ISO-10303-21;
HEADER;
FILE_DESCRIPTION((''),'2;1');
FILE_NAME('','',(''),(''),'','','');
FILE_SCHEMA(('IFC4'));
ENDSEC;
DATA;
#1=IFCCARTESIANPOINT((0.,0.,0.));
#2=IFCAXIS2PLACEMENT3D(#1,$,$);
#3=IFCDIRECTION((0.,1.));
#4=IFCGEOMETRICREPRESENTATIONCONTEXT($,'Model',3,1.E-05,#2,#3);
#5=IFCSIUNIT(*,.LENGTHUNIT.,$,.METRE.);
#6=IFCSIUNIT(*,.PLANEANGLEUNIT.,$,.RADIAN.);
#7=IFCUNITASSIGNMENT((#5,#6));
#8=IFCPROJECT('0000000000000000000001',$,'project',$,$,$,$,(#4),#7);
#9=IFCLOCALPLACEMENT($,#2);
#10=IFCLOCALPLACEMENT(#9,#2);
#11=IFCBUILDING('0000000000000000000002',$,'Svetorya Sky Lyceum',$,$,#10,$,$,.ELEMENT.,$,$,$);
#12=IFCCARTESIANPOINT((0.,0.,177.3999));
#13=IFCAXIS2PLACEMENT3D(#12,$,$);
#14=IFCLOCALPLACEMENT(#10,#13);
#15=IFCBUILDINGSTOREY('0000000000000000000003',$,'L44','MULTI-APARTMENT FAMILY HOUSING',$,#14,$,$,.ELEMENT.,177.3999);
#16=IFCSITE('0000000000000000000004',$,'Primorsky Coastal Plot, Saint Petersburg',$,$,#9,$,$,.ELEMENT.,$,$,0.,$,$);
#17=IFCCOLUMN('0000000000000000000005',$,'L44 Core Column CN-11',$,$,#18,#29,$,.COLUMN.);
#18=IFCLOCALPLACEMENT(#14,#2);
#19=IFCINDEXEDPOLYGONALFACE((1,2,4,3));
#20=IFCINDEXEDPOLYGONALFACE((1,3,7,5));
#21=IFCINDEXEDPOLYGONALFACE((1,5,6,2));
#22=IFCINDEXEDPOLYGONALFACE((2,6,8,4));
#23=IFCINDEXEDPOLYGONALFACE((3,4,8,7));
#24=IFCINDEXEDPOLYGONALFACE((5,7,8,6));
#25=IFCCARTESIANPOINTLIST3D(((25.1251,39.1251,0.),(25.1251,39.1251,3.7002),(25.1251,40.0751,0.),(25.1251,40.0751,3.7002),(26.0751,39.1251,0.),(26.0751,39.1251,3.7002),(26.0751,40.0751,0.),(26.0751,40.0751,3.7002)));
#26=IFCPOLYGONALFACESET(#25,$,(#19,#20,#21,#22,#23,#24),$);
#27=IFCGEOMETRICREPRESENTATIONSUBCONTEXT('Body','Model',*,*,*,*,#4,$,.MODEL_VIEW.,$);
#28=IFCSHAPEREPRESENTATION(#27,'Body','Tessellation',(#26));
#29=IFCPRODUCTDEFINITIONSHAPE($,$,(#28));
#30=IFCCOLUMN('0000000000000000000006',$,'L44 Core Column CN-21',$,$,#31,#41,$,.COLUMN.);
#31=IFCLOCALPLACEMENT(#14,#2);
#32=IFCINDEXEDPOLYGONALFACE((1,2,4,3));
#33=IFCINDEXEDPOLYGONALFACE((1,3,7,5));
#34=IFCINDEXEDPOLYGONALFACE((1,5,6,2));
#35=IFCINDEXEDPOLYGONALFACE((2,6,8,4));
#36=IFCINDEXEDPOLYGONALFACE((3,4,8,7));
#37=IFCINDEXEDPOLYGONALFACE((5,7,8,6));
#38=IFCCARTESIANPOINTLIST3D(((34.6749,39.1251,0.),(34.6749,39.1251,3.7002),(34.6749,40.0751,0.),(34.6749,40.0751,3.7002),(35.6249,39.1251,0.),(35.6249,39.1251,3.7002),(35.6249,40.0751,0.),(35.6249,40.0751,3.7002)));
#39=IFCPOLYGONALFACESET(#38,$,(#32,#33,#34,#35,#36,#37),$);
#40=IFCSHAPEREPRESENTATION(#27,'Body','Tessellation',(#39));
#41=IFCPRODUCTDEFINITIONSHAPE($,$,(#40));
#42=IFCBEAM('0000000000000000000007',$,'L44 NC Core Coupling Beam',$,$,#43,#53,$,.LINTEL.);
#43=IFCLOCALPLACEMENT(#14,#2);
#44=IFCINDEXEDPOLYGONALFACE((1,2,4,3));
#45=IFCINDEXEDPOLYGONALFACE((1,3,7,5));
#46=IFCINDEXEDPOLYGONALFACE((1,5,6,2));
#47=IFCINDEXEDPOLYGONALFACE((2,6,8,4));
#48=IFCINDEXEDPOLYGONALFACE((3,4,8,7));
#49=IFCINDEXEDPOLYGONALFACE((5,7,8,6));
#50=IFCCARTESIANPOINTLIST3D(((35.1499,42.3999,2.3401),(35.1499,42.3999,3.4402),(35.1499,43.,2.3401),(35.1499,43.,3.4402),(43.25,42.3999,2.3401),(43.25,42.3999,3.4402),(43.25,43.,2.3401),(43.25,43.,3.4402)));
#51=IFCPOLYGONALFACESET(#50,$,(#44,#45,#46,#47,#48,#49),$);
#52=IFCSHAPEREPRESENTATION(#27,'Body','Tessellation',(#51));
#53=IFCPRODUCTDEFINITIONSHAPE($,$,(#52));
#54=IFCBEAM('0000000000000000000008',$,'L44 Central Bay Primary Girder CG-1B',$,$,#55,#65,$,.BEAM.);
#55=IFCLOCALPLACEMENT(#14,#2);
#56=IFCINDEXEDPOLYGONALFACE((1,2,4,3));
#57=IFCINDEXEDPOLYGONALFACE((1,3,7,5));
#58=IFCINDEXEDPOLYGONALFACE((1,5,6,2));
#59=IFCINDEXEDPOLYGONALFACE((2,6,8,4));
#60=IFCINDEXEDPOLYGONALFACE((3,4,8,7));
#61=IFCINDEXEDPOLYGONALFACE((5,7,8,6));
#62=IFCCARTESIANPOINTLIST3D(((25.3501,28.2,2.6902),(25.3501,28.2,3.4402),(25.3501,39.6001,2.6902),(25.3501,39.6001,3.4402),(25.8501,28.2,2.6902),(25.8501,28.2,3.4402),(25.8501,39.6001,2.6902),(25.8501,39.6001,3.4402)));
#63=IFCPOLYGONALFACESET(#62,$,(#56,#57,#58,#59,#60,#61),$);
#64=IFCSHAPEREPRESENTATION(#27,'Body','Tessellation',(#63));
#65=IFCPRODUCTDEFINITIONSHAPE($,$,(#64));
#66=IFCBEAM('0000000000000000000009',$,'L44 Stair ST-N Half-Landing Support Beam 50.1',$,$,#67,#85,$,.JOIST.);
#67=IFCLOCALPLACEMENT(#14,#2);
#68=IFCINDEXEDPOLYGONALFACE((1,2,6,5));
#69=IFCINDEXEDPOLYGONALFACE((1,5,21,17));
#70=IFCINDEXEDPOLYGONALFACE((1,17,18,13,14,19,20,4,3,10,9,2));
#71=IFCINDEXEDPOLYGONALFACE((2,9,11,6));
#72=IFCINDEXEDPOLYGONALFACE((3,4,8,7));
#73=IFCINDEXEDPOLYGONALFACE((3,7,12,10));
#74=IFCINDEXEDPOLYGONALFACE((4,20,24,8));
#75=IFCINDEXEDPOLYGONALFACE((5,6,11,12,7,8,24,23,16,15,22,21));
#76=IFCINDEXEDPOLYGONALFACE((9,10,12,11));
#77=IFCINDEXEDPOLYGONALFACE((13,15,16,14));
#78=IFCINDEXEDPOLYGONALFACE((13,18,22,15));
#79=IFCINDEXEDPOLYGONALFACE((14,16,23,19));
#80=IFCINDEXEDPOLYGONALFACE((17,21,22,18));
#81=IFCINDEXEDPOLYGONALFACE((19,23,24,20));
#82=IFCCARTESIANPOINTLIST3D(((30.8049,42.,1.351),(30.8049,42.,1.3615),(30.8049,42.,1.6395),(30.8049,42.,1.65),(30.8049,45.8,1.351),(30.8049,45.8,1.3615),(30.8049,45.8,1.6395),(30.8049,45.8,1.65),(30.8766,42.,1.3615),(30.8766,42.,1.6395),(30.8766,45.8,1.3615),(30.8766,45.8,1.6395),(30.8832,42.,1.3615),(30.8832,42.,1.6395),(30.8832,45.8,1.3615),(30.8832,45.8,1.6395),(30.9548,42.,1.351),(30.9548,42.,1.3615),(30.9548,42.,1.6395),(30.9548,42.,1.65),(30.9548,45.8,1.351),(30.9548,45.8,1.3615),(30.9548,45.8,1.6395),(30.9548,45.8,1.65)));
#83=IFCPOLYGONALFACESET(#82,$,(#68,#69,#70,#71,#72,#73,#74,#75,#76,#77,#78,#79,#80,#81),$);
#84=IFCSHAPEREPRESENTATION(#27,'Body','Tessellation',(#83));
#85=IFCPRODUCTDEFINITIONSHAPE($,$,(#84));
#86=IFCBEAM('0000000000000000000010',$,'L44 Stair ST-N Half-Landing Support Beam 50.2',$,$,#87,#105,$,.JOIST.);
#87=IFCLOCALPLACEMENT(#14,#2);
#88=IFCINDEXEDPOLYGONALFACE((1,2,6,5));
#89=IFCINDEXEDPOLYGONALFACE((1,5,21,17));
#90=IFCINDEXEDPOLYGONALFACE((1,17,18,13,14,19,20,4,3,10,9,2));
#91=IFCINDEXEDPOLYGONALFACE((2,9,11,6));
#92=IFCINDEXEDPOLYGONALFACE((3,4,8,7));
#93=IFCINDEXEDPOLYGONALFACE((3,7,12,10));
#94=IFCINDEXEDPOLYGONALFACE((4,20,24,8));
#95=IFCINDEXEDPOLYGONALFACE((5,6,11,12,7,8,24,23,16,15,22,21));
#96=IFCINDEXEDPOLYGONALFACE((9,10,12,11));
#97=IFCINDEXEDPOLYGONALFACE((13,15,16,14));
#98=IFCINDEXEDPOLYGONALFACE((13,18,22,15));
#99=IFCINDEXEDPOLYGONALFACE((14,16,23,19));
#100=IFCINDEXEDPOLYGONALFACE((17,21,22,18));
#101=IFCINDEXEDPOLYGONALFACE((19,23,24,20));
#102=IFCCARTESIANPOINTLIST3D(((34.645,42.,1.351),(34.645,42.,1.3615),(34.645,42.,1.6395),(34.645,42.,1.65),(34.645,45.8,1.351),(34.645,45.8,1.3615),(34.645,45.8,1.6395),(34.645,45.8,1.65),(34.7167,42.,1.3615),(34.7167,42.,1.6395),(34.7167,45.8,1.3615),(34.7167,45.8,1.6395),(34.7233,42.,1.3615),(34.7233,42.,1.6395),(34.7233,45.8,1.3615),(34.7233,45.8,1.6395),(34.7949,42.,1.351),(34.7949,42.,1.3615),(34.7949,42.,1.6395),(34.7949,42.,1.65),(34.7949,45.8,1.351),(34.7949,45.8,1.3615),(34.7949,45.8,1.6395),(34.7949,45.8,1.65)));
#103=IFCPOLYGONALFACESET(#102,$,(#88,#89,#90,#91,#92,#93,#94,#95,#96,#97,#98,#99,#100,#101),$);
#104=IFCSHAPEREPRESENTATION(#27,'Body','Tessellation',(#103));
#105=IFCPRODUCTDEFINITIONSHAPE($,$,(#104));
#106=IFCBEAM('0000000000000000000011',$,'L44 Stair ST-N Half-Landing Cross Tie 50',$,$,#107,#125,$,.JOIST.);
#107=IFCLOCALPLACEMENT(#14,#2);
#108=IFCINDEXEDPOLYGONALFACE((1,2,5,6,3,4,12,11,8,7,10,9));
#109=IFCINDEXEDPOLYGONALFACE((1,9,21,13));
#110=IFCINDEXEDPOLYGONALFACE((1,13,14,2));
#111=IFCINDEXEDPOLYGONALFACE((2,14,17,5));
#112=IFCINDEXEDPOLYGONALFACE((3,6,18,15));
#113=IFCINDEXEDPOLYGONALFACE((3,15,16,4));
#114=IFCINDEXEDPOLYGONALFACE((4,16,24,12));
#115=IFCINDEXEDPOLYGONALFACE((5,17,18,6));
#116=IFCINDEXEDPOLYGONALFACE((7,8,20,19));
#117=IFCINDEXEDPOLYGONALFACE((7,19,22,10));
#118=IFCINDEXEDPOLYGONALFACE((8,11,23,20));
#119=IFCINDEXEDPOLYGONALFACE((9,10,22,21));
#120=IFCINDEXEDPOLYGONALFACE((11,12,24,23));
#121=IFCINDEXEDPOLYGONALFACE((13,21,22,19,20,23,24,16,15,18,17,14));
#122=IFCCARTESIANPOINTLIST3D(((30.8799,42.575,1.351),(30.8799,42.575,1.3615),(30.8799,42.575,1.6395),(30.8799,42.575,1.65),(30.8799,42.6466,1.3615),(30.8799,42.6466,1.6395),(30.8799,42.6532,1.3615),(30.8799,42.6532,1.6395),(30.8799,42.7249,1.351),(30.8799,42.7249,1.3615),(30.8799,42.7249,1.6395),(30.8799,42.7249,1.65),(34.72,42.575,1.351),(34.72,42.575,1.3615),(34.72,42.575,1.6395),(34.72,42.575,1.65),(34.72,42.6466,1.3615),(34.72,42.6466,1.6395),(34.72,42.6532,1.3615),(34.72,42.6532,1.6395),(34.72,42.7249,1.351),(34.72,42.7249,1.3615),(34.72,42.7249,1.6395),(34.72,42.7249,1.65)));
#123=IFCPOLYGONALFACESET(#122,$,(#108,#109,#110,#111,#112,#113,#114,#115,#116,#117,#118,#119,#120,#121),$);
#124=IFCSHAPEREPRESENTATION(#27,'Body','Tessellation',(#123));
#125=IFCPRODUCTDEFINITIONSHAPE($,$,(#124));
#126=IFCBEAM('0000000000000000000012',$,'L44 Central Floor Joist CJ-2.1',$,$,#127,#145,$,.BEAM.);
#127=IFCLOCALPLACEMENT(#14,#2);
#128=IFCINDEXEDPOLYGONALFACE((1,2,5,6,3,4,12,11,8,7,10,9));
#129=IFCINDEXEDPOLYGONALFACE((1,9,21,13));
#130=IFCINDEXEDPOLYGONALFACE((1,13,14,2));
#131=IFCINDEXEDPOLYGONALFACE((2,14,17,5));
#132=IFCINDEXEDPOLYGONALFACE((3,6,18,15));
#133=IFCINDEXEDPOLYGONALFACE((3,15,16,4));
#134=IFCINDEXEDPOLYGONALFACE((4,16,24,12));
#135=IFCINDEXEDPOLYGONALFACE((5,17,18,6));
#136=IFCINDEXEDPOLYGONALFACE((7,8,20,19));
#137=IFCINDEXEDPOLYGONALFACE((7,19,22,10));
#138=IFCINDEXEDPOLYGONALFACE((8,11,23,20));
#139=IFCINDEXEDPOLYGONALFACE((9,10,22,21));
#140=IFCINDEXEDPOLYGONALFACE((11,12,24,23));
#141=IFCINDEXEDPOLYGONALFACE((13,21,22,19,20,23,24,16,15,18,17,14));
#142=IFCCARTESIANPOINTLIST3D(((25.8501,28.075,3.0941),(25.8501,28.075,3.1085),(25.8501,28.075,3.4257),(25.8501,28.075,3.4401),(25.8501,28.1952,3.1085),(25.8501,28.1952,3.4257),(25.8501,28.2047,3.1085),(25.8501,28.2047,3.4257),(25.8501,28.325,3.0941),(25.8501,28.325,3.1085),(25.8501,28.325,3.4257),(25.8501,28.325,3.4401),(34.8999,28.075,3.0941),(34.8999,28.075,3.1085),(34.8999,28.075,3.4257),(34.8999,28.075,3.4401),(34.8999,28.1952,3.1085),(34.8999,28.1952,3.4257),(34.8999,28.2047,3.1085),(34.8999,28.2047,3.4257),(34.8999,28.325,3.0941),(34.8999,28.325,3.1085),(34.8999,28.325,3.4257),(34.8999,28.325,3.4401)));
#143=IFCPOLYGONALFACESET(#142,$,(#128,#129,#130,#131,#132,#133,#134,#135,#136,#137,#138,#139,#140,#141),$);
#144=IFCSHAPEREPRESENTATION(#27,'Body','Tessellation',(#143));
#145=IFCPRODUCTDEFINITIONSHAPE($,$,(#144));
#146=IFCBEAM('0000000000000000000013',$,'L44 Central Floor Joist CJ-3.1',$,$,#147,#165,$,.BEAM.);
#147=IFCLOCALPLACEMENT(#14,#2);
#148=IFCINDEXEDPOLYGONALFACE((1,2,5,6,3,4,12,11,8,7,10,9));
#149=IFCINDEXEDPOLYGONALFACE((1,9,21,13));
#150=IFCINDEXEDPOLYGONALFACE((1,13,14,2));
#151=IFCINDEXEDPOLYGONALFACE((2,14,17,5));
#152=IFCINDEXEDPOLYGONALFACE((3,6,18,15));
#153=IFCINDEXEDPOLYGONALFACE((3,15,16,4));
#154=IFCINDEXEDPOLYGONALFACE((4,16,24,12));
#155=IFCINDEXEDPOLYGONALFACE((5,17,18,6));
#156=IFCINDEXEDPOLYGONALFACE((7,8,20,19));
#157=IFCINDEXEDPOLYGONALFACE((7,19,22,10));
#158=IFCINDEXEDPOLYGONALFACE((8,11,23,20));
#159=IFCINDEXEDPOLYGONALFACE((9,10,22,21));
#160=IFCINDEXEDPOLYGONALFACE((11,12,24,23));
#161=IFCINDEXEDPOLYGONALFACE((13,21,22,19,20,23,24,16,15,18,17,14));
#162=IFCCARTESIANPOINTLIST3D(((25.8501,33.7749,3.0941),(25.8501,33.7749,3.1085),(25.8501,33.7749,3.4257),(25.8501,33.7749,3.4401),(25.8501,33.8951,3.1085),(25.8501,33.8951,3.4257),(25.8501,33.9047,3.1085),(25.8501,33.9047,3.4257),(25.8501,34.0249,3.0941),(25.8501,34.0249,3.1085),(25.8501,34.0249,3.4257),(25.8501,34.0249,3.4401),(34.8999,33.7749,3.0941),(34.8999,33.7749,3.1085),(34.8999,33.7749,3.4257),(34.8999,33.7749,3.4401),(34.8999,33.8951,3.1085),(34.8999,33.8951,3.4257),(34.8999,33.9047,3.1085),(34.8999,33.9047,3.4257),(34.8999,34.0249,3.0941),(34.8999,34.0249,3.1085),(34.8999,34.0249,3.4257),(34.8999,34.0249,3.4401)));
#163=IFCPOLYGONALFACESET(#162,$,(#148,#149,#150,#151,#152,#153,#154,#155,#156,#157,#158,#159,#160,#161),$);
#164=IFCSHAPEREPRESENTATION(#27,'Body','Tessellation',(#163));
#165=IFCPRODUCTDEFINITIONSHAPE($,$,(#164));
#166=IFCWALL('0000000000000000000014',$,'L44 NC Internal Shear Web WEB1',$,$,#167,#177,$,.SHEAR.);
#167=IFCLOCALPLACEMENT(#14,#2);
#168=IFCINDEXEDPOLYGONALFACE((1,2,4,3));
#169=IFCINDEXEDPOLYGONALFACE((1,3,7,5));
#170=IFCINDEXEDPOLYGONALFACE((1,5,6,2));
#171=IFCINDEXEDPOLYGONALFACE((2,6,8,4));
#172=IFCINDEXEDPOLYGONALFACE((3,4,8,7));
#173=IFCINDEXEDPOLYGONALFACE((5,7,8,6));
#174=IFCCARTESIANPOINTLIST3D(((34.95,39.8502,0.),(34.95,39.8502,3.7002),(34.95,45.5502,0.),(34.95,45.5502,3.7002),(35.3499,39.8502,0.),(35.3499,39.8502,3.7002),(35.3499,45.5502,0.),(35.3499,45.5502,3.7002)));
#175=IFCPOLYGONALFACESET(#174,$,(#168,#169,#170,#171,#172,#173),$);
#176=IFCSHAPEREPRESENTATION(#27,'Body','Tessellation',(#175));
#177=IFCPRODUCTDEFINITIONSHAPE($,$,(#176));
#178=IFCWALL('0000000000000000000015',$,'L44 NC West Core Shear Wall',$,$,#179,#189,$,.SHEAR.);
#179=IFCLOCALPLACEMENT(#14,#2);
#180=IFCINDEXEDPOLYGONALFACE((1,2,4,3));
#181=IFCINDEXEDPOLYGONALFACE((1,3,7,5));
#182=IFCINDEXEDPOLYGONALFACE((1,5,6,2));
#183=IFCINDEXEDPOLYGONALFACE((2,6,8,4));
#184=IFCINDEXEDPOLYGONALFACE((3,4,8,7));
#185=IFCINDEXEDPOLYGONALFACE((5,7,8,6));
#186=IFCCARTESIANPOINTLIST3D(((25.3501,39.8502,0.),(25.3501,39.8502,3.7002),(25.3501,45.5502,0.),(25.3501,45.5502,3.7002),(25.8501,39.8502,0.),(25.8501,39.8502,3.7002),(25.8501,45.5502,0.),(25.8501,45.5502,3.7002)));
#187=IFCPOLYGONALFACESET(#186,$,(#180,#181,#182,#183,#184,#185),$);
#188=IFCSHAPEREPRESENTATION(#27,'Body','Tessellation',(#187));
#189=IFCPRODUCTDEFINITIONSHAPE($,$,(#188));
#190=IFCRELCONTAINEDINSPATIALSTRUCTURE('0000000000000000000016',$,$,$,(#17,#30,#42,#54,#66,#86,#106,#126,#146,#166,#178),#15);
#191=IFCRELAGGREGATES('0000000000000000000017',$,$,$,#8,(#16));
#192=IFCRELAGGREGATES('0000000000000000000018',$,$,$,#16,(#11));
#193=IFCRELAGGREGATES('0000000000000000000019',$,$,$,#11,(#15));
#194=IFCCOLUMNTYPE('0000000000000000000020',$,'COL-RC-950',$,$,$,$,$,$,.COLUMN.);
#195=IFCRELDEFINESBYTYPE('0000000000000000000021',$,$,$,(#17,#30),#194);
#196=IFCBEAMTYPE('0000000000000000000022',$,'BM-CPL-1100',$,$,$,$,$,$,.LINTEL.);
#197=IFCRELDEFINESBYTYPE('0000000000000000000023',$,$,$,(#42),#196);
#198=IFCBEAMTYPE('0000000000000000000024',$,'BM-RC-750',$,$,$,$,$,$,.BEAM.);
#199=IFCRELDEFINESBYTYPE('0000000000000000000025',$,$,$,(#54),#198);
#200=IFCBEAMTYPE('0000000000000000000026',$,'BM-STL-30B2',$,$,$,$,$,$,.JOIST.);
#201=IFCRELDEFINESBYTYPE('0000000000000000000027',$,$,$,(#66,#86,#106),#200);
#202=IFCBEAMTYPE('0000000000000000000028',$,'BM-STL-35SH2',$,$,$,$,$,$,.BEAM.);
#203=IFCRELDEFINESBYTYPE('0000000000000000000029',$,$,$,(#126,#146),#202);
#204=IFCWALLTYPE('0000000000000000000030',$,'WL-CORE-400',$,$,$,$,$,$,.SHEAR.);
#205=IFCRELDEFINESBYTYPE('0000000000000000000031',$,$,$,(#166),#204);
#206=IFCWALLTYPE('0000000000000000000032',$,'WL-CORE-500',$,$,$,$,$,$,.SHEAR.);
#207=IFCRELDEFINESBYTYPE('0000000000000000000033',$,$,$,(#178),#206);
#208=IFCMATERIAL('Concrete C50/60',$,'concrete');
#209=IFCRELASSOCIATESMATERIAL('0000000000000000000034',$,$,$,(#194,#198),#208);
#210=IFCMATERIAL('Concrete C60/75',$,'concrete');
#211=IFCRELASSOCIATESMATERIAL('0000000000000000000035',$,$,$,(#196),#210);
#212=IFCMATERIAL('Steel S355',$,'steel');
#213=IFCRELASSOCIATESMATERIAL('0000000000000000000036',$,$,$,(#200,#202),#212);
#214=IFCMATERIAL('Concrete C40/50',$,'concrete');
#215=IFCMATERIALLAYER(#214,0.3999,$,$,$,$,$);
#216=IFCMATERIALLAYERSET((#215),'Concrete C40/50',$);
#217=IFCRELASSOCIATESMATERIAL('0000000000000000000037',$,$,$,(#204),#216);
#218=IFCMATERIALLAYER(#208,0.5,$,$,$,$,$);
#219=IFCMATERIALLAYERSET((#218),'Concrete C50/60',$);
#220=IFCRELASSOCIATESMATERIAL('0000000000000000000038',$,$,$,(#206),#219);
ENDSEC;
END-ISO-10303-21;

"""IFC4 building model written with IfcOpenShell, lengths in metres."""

from ifc_helpers import new_model, si_unit, direction, frame, frame_2d, origin, origin_2d, place, context, subcontext, project, spatial, rectangle, i_section, extrude, material, layer, layer_set, material_profile, profile_set, type_object, element, save


model = new_model("IFC4")

# Units and contexts
model_context = context("Model", 3, precision=1e-05, world=origin(), true_north=direction((0.0, 1.0)))
body_context = subcontext(model_context, "Body", "Model", "MODEL_VIEW")
ifc_project = project(units=[si_unit("LENGTHUNIT", "METRE"), si_unit("PLANEANGLEUNIT", "RADIAN")], contexts=[model_context])

# Site, building, storey
site_placement = place(None, origin())
site = spatial("IfcSite", under=ifc_project, at=site_placement, Name="Primorsky Coastal Plot, Saint Petersburg", CompositionType="ELEMENT", RefElevation=0.0)
building_placement = place(site_placement, origin())
building = spatial("IfcBuilding", under=site, at=building_placement, Name="Svetorya Sky Lyceum", CompositionType="ELEMENT")
storey_placement = place(building_placement, frame((0.0, 0.0, 177.3999)))
storey = spatial("IfcBuildingStorey", under=building, at=storey_placement, Name="L44", Description="MULTI-APARTMENT FAMILY HOUSING", CompositionType="ELEMENT", Elevation=177.3999)

# Columns
ifc_material_1 = material(Name="Concrete C50/60", Category="concrete")
ifc_material_profile_1 = material_profile(ifc_material_1, rectangle(XDim=0.95, YDim=0.95, at=origin_2d()), Name="RC COL 950x950")
ifc_profile_set_1 = profile_set([ifc_material_profile_1], Name="Concrete C50/60")
column_type = type_object("IfcColumnType", Name="COL-RC-950", PredefinedType="COLUMN", material=ifc_profile_set_1)
for number, where, z_axis, x_axis, name in (
    (1, (25.6001, 39.6001, 0.0), (0.0, 0.0, 1.0), (1.0, 0.0, 0.0), "L44 Core Column CN-11"),
    (2, (35.1499, 39.6001, 0.0), (0.0, 0.0, 1.0), (1.0, 0.0, 0.0), "L44 Core Column CN-21"),
):
    element("IfcColumn", number, at=place(storey_placement, frame(where, z_axis=z_axis, x_axis=x_axis)), inside=storey, type_object=column_type, Name=name, PredefinedType="COLUMN", context=body_context, shape_type="SweptSolid", body=[
        extrude(rectangle(XDim=0.95, YDim=0.95, at=origin_2d()), origin(), (0.0, 0.0, 1.0), 3.7002),
    ])

# Beams
ifc_material_2 = material(Name="Concrete C60/75", Category="concrete")
ifc_material_profile_2 = material_profile(ifc_material_2, rectangle(XDim=0.6001, YDim=1.1001, at=origin_2d()), Name="RC COUPLING 600x1100")
ifc_profile_set_2 = profile_set([ifc_material_profile_2], Name="Concrete C60/75")
beam_type_1 = type_object("IfcBeamType", Name="BM-CPL-1100", PredefinedType="LINTEL", material=ifc_profile_set_2)
beam_1_placement = place(storey_placement, frame((35.1499, 42.7, 2.8901), z_axis=(1.0, 0.0, 0.0), x_axis=(0.0, 1.0, 0.0)))
element("IfcBeam", 3, at=beam_1_placement, inside=storey, type_object=beam_type_1, Name="L44 NC Core Coupling Beam", PredefinedType="LINTEL", context=body_context, shape_type="SweptSolid", body=[
    extrude(rectangle(XDim=0.6001, YDim=1.1001, at=origin_2d()), origin(), (0.0, 0.0, 1.0), 8.1001),
])
ifc_material_profile_3 = material_profile(ifc_material_1, rectangle(XDim=0.5, YDim=0.75, at=origin_2d()), Name="RC BEAM 500x750")
ifc_profile_set_3 = profile_set([ifc_material_profile_3], Name="Concrete C50/60")
beam_type_2 = type_object("IfcBeamType", Name="BM-RC-750", PredefinedType="BEAM", material=ifc_profile_set_3)
beam_2_placement = place(storey_placement, frame((25.6001, 28.2, 3.0652), z_axis=(0.0, 1.0, 0.0), x_axis=(-1.0, 0.0, 0.0)))
element("IfcBeam", 4, at=beam_2_placement, inside=storey, type_object=beam_type_2, Name="L44 Central Bay Primary Girder CG-1B", PredefinedType="BEAM", context=body_context, shape_type="SweptSolid", body=[
    extrude(rectangle(XDim=0.5, YDim=0.75, at=origin_2d()), origin(), (0.0, 0.0, 1.0), 11.4001),
])
ifc_material_3 = material(Name="Steel S355", Category="steel")
ifc_material_profile_4 = material_profile(ifc_material_3, i_section(OverallWidth=0.1499, OverallDepth=0.2991, WebThickness=0.0066, FlangeThickness=0.0105, at=origin_2d()), Name="GOST 30B2")
ifc_profile_set_4 = profile_set([ifc_material_profile_4], Name="Steel S355")
beam_type_3 = type_object("IfcBeamType", Name="BM-STL-30B2", PredefinedType="JOIST", material=ifc_profile_set_4)
for number, where, z_axis, x_axis, name in (
    (5, (30.8799, 42.0, 1.5005), (0.0, 1.0, 0.0), (-1.0, 0.0, 0.0), "L44 Stair ST-N Half-Landing Support Beam 50.1"),
    (6, (34.72, 42.0, 1.5005), (0.0, 1.0, 0.0), (-1.0, 0.0, 0.0), "L44 Stair ST-N Half-Landing Support Beam 50.2"),
):
    element("IfcBeam", number, at=place(storey_placement, frame(where, z_axis=z_axis, x_axis=x_axis)), inside=storey, type_object=beam_type_3, Name=name, PredefinedType="JOIST", context=body_context, shape_type="SweptSolid", body=[
        extrude(i_section(OverallWidth=0.1499, OverallDepth=0.2991, WebThickness=0.0066, FlangeThickness=0.0105, at=origin_2d()), origin(), (0.0, 0.0, 1.0), 3.8),
    ])
beam_3_placement = place(storey_placement, frame((30.8799, 42.6499, 1.5005), z_axis=(1.0, 0.0, 0.0), x_axis=(0.0, 1.0, 0.0)))
element("IfcBeam", 7, at=beam_3_placement, inside=storey, type_object=beam_type_3, Name="L44 Stair ST-N Half-Landing Cross Tie 50", PredefinedType="JOIST", context=body_context, shape_type="SweptSolid", body=[
    extrude(i_section(OverallWidth=0.1499, OverallDepth=0.2991, WebThickness=0.0066, FlangeThickness=0.0105, at=origin_2d()), origin(), (0.0, 0.0, 1.0), 3.8401),
])
ifc_material_profile_5 = material_profile(ifc_material_3, i_section(OverallWidth=0.25, OverallDepth=0.3459, WebThickness=0.0095, FlangeThickness=0.0144, at=origin_2d()), Name="GOST 35Sh2")
ifc_profile_set_5 = profile_set([ifc_material_profile_5], Name="Steel S355")
beam_type_4 = type_object("IfcBeamType", Name="BM-STL-35SH2", PredefinedType="BEAM", material=ifc_profile_set_5)
for number, where, z_axis, x_axis, name in (
    (8, (25.8501, 28.2, 3.2671), (1.0, 0.0, 0.0), (0.0, 1.0, 0.0), "L44 Central Floor Joist CJ-2.1"),
    (9, (25.8501, 33.8999, 3.2671), (1.0, 0.0, 0.0), (0.0, 1.0, 0.0), "L44 Central Floor Joist CJ-3.1"),
):
    element("IfcBeam", number, at=place(storey_placement, frame(where, z_axis=z_axis, x_axis=x_axis)), inside=storey, type_object=beam_type_4, Name=name, PredefinedType="BEAM", context=body_context, shape_type="SweptSolid", body=[
        extrude(i_section(OverallWidth=0.25, OverallDepth=0.3459, WebThickness=0.0095, FlangeThickness=0.0144, at=origin_2d()), origin(), (0.0, 0.0, 1.0), 9.0498),
    ])

# Walls
ifc_material_4 = material(Name="Concrete C40/50", Category="concrete")
ifc_layer_1 = layer(ifc_material_4, 0.3999)
ifc_layer_set_1 = layer_set([ifc_layer_1], Name="Concrete C40/50")
wall_type_1 = type_object("IfcWallType", Name="WL-CORE-400", PredefinedType="SHEAR", material=ifc_layer_set_1)
wall_1_placement = place(storey_placement, frame((35.1499, 39.8501, 0.0), z_axis=(0.0, 0.0, 1.0), x_axis=(0.0, 1.0, 0.0)))
element("IfcWall", 10, at=wall_1_placement, inside=storey, type_object=wall_type_1, Name="L44 NC Internal Shear Web WEB1", PredefinedType="SHEAR", context=body_context, shape_type="SweptSolid", body=[
    extrude(rectangle(XDim=5.7, YDim=0.3999, at=frame_2d((2.8501, 0.0))), origin(), (0.0, 0.0, 1.0), 3.7002),
])
ifc_layer_2 = layer(ifc_material_1, 0.5)
ifc_layer_set_2 = layer_set([ifc_layer_2], Name="Concrete C50/60")
wall_type_2 = type_object("IfcWallType", Name="WL-CORE-500", PredefinedType="SHEAR", material=ifc_layer_set_2)
wall_2_placement = place(storey_placement, frame((25.6001, 39.8501, 0.0), z_axis=(0.0, 0.0, 1.0), x_axis=(0.0, 1.0, 0.0)))
element("IfcWall", 11, at=wall_2_placement, inside=storey, type_object=wall_type_2, Name="L44 NC West Core Shear Wall", PredefinedType="SHEAR", context=body_context, shape_type="SweptSolid", body=[
    extrude(rectangle(XDim=5.7, YDim=0.5, at=frame_2d((2.8501, 0.0))), origin(), (0.0, 0.0, 1.0), 3.7002),
])

save(model, "model.ifc")
